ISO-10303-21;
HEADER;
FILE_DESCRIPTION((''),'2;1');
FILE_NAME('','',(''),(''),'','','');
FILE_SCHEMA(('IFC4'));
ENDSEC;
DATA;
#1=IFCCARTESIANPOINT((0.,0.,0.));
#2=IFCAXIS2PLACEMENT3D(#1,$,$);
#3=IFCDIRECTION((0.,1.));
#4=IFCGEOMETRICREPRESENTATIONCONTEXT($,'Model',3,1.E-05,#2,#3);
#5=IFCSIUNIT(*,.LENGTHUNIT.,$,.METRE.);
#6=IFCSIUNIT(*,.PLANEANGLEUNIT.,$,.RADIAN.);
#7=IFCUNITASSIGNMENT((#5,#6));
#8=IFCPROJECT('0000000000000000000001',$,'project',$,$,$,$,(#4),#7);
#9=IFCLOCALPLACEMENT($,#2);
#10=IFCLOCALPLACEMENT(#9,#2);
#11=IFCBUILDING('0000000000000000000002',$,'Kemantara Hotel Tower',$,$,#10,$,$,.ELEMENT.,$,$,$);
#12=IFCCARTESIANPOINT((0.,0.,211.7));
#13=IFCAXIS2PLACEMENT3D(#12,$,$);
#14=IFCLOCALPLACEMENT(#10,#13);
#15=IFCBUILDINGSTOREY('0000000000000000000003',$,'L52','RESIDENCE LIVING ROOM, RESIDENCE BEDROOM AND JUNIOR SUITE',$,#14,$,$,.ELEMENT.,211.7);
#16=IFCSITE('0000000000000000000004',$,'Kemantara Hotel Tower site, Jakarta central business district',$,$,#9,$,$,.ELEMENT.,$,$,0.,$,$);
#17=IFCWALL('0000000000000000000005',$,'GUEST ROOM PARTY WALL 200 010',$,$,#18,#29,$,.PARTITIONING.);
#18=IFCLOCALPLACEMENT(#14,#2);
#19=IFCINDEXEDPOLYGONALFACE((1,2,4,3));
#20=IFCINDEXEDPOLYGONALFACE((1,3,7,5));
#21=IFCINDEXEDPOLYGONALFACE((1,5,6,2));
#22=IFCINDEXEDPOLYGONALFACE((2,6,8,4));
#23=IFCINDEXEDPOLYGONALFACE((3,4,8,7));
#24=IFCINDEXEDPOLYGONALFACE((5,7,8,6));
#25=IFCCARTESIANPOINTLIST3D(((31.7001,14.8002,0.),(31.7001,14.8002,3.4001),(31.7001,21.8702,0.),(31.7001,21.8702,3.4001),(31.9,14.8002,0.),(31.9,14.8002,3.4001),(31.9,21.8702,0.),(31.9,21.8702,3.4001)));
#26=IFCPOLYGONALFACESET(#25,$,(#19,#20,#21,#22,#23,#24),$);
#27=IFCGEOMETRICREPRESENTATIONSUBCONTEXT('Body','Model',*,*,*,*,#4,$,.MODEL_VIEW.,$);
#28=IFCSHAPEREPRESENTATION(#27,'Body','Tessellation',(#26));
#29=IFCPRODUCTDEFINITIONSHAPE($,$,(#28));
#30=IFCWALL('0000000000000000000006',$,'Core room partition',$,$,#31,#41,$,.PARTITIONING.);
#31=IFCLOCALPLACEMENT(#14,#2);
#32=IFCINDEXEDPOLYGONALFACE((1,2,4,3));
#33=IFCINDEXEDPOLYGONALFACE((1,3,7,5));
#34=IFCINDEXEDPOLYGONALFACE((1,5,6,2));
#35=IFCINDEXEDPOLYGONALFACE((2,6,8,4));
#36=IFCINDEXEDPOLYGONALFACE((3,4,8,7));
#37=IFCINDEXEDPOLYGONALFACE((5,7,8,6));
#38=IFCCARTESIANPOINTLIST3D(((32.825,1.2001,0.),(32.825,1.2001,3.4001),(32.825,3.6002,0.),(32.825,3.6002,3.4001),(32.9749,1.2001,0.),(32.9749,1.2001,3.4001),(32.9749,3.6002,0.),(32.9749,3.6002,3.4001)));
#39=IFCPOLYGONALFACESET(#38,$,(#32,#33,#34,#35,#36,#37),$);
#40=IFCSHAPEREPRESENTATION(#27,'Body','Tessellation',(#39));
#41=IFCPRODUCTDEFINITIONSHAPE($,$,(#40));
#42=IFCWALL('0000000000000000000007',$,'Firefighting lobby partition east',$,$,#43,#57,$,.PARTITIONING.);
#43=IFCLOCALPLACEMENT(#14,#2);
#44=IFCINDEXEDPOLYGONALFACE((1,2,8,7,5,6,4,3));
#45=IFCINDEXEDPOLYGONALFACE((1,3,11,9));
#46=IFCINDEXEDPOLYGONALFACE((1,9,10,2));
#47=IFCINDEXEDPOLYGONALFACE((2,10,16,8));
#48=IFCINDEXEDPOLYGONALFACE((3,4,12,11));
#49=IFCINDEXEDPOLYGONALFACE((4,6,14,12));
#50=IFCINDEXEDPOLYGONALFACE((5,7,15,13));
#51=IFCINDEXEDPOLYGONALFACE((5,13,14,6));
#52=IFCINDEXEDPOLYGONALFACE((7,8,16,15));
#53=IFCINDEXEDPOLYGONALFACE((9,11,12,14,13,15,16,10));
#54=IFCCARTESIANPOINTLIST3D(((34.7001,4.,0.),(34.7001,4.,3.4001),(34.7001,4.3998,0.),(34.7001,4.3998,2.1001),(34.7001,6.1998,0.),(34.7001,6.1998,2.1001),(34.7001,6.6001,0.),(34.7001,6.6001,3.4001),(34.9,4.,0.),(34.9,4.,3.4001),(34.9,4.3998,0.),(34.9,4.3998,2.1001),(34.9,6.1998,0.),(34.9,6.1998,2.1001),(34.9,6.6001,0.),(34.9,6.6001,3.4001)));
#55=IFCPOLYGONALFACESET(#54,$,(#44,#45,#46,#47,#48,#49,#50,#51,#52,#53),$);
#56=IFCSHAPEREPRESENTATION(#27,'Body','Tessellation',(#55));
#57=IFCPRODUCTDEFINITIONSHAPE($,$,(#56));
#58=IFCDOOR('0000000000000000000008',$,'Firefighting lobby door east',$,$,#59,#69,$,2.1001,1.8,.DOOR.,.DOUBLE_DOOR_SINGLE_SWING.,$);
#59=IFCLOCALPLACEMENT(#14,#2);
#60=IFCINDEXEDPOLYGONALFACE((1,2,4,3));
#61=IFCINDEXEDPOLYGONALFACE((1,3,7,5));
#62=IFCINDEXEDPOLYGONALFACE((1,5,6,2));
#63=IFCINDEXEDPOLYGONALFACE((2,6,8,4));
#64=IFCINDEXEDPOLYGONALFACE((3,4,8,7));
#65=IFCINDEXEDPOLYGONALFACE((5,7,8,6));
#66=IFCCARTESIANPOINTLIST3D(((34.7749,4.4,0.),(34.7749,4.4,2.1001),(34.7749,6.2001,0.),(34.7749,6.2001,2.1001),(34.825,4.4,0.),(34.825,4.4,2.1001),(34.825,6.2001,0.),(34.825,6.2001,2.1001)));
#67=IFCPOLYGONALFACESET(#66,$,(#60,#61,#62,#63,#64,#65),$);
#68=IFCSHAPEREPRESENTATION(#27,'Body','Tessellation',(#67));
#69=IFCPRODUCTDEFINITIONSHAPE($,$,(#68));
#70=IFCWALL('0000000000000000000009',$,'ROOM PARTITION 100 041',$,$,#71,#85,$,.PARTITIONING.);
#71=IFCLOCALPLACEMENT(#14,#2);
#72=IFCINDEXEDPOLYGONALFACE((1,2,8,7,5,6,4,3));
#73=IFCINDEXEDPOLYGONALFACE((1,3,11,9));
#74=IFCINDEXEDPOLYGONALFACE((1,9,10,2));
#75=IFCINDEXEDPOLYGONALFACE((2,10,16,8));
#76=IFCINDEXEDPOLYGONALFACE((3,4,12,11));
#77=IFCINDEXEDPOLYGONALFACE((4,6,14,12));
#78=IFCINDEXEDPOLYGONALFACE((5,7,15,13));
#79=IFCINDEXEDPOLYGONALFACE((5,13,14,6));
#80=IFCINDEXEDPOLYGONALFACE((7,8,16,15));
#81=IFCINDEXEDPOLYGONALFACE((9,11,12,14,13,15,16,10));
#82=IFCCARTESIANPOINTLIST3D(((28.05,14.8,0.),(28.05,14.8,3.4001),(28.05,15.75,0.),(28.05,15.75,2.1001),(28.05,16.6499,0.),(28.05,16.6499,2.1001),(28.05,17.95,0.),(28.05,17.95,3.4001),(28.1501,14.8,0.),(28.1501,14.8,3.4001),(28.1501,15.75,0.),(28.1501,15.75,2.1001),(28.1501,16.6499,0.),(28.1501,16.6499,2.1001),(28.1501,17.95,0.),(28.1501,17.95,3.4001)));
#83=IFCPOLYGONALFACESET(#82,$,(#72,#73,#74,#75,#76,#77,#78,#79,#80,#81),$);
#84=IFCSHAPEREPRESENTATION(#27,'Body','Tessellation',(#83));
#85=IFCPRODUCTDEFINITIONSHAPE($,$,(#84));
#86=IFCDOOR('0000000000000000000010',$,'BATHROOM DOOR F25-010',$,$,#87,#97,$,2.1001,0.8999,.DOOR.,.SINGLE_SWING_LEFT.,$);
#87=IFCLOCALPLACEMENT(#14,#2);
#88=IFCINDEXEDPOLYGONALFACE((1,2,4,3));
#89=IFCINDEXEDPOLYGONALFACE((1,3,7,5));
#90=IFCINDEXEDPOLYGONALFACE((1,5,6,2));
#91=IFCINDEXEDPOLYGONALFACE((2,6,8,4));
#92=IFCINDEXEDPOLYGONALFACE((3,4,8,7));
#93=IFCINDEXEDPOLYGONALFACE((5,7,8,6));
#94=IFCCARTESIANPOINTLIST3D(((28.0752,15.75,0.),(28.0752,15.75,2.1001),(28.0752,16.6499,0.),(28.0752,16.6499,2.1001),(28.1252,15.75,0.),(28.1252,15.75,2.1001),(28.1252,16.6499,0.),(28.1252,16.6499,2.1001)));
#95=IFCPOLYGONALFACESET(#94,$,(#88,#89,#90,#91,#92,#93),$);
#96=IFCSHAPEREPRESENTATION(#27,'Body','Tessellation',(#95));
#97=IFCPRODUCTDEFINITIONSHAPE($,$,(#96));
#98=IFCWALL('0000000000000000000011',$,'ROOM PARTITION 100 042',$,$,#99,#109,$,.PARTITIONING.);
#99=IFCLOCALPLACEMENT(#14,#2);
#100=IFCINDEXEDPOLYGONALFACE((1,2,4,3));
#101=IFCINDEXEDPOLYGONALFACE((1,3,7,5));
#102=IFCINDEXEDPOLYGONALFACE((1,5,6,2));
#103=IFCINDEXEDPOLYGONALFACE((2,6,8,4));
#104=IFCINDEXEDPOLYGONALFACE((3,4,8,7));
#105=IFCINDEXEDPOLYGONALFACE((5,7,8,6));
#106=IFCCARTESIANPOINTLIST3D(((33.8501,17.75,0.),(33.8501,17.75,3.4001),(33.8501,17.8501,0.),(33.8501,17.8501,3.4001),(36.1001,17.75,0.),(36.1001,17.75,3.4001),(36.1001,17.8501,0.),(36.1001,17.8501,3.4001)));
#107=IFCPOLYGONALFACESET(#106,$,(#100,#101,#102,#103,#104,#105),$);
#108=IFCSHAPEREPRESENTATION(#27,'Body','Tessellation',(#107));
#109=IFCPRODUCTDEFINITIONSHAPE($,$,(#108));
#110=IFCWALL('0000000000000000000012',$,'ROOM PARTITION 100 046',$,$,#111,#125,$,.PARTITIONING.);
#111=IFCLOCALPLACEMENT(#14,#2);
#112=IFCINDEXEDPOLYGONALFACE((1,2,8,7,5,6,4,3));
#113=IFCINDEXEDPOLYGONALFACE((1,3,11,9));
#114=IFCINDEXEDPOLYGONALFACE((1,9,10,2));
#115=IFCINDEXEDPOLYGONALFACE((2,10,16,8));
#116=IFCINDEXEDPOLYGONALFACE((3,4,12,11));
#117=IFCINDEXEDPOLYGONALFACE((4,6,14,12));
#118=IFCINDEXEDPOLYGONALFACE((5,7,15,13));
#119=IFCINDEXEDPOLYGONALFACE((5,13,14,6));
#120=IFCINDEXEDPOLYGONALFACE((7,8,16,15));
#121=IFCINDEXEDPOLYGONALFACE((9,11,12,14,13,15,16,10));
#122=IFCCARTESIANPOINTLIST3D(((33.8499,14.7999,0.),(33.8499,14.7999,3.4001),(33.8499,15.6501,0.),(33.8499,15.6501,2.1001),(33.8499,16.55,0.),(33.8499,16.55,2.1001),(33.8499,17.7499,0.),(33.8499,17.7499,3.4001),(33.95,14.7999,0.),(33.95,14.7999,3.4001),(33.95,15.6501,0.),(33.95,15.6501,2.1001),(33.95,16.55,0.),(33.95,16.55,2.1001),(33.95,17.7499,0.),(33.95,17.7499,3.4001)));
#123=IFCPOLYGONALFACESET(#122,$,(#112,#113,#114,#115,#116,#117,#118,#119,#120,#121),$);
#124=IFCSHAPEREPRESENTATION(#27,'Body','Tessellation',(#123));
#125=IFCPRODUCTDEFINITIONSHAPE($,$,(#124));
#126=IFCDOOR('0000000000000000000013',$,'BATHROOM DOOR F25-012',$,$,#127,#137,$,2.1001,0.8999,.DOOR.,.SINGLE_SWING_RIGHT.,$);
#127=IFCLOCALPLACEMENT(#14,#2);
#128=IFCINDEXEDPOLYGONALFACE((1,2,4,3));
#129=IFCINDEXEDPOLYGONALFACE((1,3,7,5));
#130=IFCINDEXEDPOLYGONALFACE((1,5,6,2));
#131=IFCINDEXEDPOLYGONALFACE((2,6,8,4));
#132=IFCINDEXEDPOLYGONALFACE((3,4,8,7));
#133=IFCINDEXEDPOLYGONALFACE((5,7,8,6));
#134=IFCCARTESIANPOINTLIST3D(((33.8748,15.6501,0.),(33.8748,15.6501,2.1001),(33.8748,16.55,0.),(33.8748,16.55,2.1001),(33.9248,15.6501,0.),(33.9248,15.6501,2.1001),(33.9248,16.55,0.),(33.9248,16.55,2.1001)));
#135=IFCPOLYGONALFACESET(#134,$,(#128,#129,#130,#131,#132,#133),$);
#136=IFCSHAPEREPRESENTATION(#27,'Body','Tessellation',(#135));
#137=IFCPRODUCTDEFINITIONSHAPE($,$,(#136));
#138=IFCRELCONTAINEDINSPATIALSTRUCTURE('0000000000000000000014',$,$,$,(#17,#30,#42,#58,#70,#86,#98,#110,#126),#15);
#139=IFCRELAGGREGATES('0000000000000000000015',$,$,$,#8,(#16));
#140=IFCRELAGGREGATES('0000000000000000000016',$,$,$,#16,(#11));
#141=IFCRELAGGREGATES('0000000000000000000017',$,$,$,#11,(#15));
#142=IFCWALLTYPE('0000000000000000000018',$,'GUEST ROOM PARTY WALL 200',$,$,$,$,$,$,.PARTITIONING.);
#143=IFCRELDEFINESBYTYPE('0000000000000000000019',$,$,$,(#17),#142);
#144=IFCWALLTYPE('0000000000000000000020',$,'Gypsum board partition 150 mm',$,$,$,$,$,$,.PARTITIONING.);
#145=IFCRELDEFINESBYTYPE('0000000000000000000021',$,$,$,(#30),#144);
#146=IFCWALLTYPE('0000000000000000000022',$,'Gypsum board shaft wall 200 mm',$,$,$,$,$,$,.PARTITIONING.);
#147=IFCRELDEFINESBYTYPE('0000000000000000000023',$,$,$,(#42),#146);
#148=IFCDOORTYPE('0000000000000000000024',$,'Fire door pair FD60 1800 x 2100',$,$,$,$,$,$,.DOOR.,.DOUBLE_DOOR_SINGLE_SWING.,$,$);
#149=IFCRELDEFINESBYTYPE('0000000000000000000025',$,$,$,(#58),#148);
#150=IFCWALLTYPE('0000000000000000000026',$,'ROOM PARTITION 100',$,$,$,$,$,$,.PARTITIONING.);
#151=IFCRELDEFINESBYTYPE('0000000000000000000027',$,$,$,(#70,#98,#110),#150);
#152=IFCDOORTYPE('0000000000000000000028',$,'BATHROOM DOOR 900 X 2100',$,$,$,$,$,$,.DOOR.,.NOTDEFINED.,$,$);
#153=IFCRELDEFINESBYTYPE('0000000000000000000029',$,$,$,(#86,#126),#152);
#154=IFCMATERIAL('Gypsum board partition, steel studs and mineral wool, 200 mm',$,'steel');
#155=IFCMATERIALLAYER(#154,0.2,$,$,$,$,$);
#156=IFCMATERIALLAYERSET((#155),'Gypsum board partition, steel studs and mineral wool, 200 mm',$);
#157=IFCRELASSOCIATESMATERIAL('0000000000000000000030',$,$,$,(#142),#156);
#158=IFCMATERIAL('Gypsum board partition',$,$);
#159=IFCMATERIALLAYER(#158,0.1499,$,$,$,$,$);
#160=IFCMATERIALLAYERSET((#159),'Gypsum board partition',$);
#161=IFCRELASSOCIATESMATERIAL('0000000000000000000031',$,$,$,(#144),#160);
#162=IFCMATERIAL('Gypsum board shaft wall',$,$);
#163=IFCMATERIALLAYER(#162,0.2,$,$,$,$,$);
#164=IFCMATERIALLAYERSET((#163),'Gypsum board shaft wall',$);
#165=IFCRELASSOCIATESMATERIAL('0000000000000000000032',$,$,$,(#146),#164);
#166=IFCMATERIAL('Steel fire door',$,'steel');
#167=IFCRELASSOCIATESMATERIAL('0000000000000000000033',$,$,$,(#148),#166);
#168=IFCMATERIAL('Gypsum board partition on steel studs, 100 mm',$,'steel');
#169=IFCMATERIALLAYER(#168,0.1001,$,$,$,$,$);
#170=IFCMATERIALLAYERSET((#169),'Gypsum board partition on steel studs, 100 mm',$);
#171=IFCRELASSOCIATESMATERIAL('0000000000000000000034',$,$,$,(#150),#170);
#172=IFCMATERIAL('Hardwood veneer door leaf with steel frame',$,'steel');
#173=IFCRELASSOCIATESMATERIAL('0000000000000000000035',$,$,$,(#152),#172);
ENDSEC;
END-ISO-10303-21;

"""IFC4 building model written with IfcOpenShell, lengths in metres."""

from ifc_helpers import new_model, si_unit, direction, frame, frame_2d, origin, place, context, subcontext, project, spatial, rectangle, extrude, material, layer, layer_set, type_object, element, fill, save


model = new_model("IFC4")

# Units and contexts
model_context = context("Model", 3, precision=1e-05, world=origin(), true_north=direction((0.0, 1.0)))
body_context = subcontext(model_context, "Body", "Model", "MODEL_VIEW")
ifc_project = project(units=[si_unit("LENGTHUNIT", "METRE"), si_unit("PLANEANGLEUNIT", "RADIAN")], contexts=[model_context])

# Site, building, storey
site_placement = place(None, origin())
site = spatial("IfcSite", under=ifc_project, at=site_placement, Name="Kemantara Hotel Tower site, Jakarta central business district", CompositionType="ELEMENT", RefElevation=0.0)
building_placement = place(site_placement, origin())
building = spatial("IfcBuilding", under=site, at=building_placement, Name="Kemantara Hotel Tower", CompositionType="ELEMENT")
storey_placement = place(building_placement, frame((0.0, 0.0, 211.7)))
storey = spatial("IfcBuildingStorey", under=building, at=storey_placement, Name="L52", Description="RESIDENCE LIVING ROOM, RESIDENCE BEDROOM AND JUNIOR SUITE", CompositionType="ELEMENT", Elevation=211.7)

# Shared definitions
ifc_material_1 = material(Name="Gypsum board partition, steel studs and mineral wool, 200 mm", Category="steel")
ifc_material_2 = material(Name="Hardwood veneer door leaf with steel frame", Category="steel")

# Walls
ifc_layer_1 = layer(ifc_material_1, 0.2)
ifc_layer_set_1 = layer_set([ifc_layer_1], Name="Gypsum board partition, steel studs and mineral wool, 200 mm")
wall_type_1 = type_object("IfcWallType", Name="GUEST ROOM PARTY WALL 200", PredefinedType="PARTITIONING", material=ifc_layer_set_1)
wall_1_placement = place(storey_placement, frame((31.8, 14.8, 0.0), z_axis=(0.0, 0.0, 1.0), x_axis=(0.0, 1.0, 0.0)))
element("IfcWall", 1, at=wall_1_placement, inside=storey, type_object=wall_type_1, Name="GUEST ROOM PARTY WALL 200 010", PredefinedType="PARTITIONING", context=body_context, shape_type="SweptSolid", body=[
    extrude(rectangle(XDim=7.0701, YDim=0.2, at=frame_2d((3.5352, 0.0))), origin(), (0.0, 0.0, 1.0), 3.4001),
])
ifc_material_3 = material(Name="Gypsum board partition")
ifc_layer_2 = layer(ifc_material_3, 0.1499)
ifc_layer_set_2 = layer_set([ifc_layer_2], Name="Gypsum board partition")
wall_type_2 = type_object("IfcWallType", Name="Gypsum board partition 150 mm", PredefinedType="PARTITIONING", material=ifc_layer_set_2)
wall_2_placement = place(storey_placement, frame((32.8999, 1.2, 0.0), z_axis=(0.0, 0.0, 1.0), x_axis=(0.0, 1.0, 0.0)))
element("IfcWall", 2, at=wall_2_placement, inside=storey, type_object=wall_type_2, Name="Core room partition", PredefinedType="PARTITIONING", context=body_context, shape_type="SweptSolid", body=[
    extrude(rectangle(XDim=2.4001, YDim=0.1499, at=frame_2d((1.2002, 0.0))), origin(), (0.0, 0.0, 1.0), 3.4001),
])

# Walls, openings, doors
ifc_material_4 = material(Name="Gypsum board shaft wall")
ifc_layer_3 = layer(ifc_material_4, 0.2)
ifc_layer_set_3 = layer_set([ifc_layer_3], Name="Gypsum board shaft wall")
wall_type_3 = type_object("IfcWallType", Name="Gypsum board shaft wall 200 mm", PredefinedType="PARTITIONING", material=ifc_layer_set_3)
wall_3_placement = place(storey_placement, frame((34.8, 4.0, 0.0), z_axis=(0.0, 0.0, 1.0), x_axis=(0.0, 1.0, 0.0)))
wall_3 = element("IfcWall", 3, at=wall_3_placement, inside=storey, type_object=wall_type_3, Name="Firefighting lobby partition east", PredefinedType="PARTITIONING", context=body_context, shape_type="SweptSolid", body=[
    extrude(rectangle(XDim=2.6001, YDim=0.2, at=frame_2d((1.3, 0.0))), origin(), (0.0, 0.0, 1.0), 3.4001),
])
opening_1_placement = place(wall_3_placement, frame((0.3999, 0.0, 0.0)))
opening_1 = element("IfcOpeningElement", 4, at=opening_1_placement, cuts=wall_3, PredefinedType="OPENING", context=body_context, shape_type="SweptSolid", body=[
    extrude(rectangle(XDim=1.8, YDim=2.1001, at=frame_2d((0.8999, 1.05))), frame((0.0, 0.1099, 0.0), z_axis=(0.0, -1.0, 0.0), x_axis=(1.0, 0.0, 0.0)), (0.0, 0.0, 1.0), 0.22),
])
ifc_material_5 = material(Name="Steel fire door", Category="steel")
door_type_1 = type_object("IfcDoorType", Name="Fire door pair FD60 1800 x 2100", OperationType="DOUBLE_DOOR_SINGLE_SWING", PredefinedType="DOOR", material=ifc_material_5)
door_1_placement = place(opening_1_placement, frame((1.8, 0.0, 0.0), z_axis=(0.0, 0.0, 1.0), x_axis=(-1.0, 0.0, 0.0)))
door_1 = element("IfcDoor", 5, at=door_1_placement, inside=storey, type_object=door_type_1, Name="Firefighting lobby door east", OperationType="DOUBLE_DOOR_SINGLE_SWING", OverallHeight=2.1001, OverallWidth=1.8, PredefinedType="DOOR", context=body_context, shape_type="SweptSolid", body=[
    extrude(rectangle(XDim=1.8, YDim=2.1001, at=frame_2d((0.8999, 1.05))), frame((0.0, 0.0249, 0.0), z_axis=(0.0, -1.0, 0.0), x_axis=(1.0, 0.0, 0.0)), (0.0, 0.0, 1.0), 0.05),
])
fill(opening_1, door_1)
ifc_material_6 = material(Name="Gypsum board partition on steel studs, 100 mm", Category="steel")
ifc_layer_4 = layer(ifc_material_6, 0.1001)
ifc_layer_set_4 = layer_set([ifc_layer_4], Name="Gypsum board partition on steel studs, 100 mm")
wall_type_4 = type_object("IfcWallType", Name="ROOM PARTITION 100", PredefinedType="PARTITIONING", material=ifc_layer_set_4)
wall_4_placement = place(storey_placement, frame((28.1001, 14.8, 0.0), z_axis=(0.0, 0.0, 1.0), x_axis=(0.0, 1.0, 0.0)))
wall_4 = element("IfcWall", 6, at=wall_4_placement, inside=storey, type_object=wall_type_4, Name="ROOM PARTITION 100 041", PredefinedType="PARTITIONING", context=body_context, shape_type="SweptSolid", body=[
    extrude(rectangle(XDim=3.1499, YDim=0.1001, at=frame_2d((1.575, 0.0))), origin(), (0.0, 0.0, 1.0), 3.4001),
])
opening_2_placement = place(wall_4_placement, frame((0.95, 0.0, 0.0)))
opening_2 = element("IfcOpeningElement", 7, at=opening_2_placement, cuts=wall_4, PredefinedType="OPENING", context=body_context, shape_type="SweptSolid", body=[
    extrude(rectangle(XDim=0.8999, YDim=2.1001, at=frame_2d((0.45, 1.05))), frame((0.0, 0.0601, 0.0), z_axis=(0.0, -1.0, 0.0), x_axis=(1.0, 0.0, 0.0)), (0.0, 0.0, 1.0), 0.1201),
])
door_type_2 = type_object("IfcDoorType", Name="BATHROOM DOOR 900 X 2100", OperationType="NOTDEFINED", PredefinedType="DOOR", material=ifc_material_2)
door_2_placement = place(opening_2_placement, origin())
door_2 = element("IfcDoor", 8, at=door_2_placement, inside=storey, type_object=door_type_2, Name="BATHROOM DOOR F25-010", OperationType="SINGLE_SWING_LEFT", OverallHeight=2.1001, OverallWidth=0.8999, PredefinedType="DOOR", context=body_context, shape_type="SweptSolid", body=[
    extrude(rectangle(XDim=0.8999, YDim=2.1001, at=frame_2d((0.45, 1.05))), frame((0.0, 0.0249, 0.0), z_axis=(0.0, -1.0, 0.0), x_axis=(1.0, 0.0, 0.0)), (0.0, 0.0, 1.0), 0.05),
])
fill(opening_2, door_2)

# Wall
wall_5_placement = place(storey_placement, frame((33.8501, 17.8, 0.0), z_axis=(0.0, 0.0, 1.0), x_axis=(1.0, 0.0, 0.0)))
element("IfcWall", 9, at=wall_5_placement, inside=storey, type_object=wall_type_4, Name="ROOM PARTITION 100 042", PredefinedType="PARTITIONING", context=body_context, shape_type="SweptSolid", body=[
    extrude(rectangle(XDim=2.25, YDim=0.1001, at=frame_2d((1.125, 0.0))), origin(), (0.0, 0.0, 1.0), 3.4001),
])

# Wall, opening, door
wall_6_placement = place(storey_placement, frame((33.8999, 17.75, 0.0), z_axis=(0.0, 0.0, 1.0), x_axis=(0.0, -1.0, 0.0)))
wall_6 = element("IfcWall", 10, at=wall_6_placement, inside=storey, type_object=wall_type_4, Name="ROOM PARTITION 100 046", PredefinedType="PARTITIONING", context=body_context, shape_type="SweptSolid", body=[
    extrude(rectangle(XDim=2.95, YDim=0.1001, at=frame_2d((1.4751, 0.0))), origin(), (0.0, 0.0, 1.0), 3.4001),
])
opening_3_placement = place(wall_6_placement, frame((1.2, 0.0, 0.0)))
opening_3 = element("IfcOpeningElement", 11, at=opening_3_placement, cuts=wall_6, PredefinedType="OPENING", context=body_context, shape_type="SweptSolid", body=[
    extrude(rectangle(XDim=0.8999, YDim=2.1001, at=frame_2d((0.45, 1.05))), frame((0.0, 0.0601, 0.0), z_axis=(0.0, -1.0, 0.0), x_axis=(1.0, 0.0, 0.0)), (0.0, 0.0, 1.0), 0.1201),
])
door_3_placement = place(opening_3_placement, origin())
door_3 = element("IfcDoor", 12, at=door_3_placement, inside=storey, type_object=door_type_2, Name="BATHROOM DOOR F25-012", OperationType="SINGLE_SWING_RIGHT", OverallHeight=2.1001, OverallWidth=0.8999, PredefinedType="DOOR", context=body_context, shape_type="SweptSolid", body=[
    extrude(rectangle(XDim=0.8999, YDim=2.1001, at=frame_2d((0.45, 1.05))), frame((0.0, 0.0249, 0.0), z_axis=(0.0, -1.0, 0.0), x_axis=(1.0, 0.0, 0.0)), (0.0, 0.0, 1.0), 0.05),
])
fill(opening_3, door_3)

save(model, "model.ifc")
